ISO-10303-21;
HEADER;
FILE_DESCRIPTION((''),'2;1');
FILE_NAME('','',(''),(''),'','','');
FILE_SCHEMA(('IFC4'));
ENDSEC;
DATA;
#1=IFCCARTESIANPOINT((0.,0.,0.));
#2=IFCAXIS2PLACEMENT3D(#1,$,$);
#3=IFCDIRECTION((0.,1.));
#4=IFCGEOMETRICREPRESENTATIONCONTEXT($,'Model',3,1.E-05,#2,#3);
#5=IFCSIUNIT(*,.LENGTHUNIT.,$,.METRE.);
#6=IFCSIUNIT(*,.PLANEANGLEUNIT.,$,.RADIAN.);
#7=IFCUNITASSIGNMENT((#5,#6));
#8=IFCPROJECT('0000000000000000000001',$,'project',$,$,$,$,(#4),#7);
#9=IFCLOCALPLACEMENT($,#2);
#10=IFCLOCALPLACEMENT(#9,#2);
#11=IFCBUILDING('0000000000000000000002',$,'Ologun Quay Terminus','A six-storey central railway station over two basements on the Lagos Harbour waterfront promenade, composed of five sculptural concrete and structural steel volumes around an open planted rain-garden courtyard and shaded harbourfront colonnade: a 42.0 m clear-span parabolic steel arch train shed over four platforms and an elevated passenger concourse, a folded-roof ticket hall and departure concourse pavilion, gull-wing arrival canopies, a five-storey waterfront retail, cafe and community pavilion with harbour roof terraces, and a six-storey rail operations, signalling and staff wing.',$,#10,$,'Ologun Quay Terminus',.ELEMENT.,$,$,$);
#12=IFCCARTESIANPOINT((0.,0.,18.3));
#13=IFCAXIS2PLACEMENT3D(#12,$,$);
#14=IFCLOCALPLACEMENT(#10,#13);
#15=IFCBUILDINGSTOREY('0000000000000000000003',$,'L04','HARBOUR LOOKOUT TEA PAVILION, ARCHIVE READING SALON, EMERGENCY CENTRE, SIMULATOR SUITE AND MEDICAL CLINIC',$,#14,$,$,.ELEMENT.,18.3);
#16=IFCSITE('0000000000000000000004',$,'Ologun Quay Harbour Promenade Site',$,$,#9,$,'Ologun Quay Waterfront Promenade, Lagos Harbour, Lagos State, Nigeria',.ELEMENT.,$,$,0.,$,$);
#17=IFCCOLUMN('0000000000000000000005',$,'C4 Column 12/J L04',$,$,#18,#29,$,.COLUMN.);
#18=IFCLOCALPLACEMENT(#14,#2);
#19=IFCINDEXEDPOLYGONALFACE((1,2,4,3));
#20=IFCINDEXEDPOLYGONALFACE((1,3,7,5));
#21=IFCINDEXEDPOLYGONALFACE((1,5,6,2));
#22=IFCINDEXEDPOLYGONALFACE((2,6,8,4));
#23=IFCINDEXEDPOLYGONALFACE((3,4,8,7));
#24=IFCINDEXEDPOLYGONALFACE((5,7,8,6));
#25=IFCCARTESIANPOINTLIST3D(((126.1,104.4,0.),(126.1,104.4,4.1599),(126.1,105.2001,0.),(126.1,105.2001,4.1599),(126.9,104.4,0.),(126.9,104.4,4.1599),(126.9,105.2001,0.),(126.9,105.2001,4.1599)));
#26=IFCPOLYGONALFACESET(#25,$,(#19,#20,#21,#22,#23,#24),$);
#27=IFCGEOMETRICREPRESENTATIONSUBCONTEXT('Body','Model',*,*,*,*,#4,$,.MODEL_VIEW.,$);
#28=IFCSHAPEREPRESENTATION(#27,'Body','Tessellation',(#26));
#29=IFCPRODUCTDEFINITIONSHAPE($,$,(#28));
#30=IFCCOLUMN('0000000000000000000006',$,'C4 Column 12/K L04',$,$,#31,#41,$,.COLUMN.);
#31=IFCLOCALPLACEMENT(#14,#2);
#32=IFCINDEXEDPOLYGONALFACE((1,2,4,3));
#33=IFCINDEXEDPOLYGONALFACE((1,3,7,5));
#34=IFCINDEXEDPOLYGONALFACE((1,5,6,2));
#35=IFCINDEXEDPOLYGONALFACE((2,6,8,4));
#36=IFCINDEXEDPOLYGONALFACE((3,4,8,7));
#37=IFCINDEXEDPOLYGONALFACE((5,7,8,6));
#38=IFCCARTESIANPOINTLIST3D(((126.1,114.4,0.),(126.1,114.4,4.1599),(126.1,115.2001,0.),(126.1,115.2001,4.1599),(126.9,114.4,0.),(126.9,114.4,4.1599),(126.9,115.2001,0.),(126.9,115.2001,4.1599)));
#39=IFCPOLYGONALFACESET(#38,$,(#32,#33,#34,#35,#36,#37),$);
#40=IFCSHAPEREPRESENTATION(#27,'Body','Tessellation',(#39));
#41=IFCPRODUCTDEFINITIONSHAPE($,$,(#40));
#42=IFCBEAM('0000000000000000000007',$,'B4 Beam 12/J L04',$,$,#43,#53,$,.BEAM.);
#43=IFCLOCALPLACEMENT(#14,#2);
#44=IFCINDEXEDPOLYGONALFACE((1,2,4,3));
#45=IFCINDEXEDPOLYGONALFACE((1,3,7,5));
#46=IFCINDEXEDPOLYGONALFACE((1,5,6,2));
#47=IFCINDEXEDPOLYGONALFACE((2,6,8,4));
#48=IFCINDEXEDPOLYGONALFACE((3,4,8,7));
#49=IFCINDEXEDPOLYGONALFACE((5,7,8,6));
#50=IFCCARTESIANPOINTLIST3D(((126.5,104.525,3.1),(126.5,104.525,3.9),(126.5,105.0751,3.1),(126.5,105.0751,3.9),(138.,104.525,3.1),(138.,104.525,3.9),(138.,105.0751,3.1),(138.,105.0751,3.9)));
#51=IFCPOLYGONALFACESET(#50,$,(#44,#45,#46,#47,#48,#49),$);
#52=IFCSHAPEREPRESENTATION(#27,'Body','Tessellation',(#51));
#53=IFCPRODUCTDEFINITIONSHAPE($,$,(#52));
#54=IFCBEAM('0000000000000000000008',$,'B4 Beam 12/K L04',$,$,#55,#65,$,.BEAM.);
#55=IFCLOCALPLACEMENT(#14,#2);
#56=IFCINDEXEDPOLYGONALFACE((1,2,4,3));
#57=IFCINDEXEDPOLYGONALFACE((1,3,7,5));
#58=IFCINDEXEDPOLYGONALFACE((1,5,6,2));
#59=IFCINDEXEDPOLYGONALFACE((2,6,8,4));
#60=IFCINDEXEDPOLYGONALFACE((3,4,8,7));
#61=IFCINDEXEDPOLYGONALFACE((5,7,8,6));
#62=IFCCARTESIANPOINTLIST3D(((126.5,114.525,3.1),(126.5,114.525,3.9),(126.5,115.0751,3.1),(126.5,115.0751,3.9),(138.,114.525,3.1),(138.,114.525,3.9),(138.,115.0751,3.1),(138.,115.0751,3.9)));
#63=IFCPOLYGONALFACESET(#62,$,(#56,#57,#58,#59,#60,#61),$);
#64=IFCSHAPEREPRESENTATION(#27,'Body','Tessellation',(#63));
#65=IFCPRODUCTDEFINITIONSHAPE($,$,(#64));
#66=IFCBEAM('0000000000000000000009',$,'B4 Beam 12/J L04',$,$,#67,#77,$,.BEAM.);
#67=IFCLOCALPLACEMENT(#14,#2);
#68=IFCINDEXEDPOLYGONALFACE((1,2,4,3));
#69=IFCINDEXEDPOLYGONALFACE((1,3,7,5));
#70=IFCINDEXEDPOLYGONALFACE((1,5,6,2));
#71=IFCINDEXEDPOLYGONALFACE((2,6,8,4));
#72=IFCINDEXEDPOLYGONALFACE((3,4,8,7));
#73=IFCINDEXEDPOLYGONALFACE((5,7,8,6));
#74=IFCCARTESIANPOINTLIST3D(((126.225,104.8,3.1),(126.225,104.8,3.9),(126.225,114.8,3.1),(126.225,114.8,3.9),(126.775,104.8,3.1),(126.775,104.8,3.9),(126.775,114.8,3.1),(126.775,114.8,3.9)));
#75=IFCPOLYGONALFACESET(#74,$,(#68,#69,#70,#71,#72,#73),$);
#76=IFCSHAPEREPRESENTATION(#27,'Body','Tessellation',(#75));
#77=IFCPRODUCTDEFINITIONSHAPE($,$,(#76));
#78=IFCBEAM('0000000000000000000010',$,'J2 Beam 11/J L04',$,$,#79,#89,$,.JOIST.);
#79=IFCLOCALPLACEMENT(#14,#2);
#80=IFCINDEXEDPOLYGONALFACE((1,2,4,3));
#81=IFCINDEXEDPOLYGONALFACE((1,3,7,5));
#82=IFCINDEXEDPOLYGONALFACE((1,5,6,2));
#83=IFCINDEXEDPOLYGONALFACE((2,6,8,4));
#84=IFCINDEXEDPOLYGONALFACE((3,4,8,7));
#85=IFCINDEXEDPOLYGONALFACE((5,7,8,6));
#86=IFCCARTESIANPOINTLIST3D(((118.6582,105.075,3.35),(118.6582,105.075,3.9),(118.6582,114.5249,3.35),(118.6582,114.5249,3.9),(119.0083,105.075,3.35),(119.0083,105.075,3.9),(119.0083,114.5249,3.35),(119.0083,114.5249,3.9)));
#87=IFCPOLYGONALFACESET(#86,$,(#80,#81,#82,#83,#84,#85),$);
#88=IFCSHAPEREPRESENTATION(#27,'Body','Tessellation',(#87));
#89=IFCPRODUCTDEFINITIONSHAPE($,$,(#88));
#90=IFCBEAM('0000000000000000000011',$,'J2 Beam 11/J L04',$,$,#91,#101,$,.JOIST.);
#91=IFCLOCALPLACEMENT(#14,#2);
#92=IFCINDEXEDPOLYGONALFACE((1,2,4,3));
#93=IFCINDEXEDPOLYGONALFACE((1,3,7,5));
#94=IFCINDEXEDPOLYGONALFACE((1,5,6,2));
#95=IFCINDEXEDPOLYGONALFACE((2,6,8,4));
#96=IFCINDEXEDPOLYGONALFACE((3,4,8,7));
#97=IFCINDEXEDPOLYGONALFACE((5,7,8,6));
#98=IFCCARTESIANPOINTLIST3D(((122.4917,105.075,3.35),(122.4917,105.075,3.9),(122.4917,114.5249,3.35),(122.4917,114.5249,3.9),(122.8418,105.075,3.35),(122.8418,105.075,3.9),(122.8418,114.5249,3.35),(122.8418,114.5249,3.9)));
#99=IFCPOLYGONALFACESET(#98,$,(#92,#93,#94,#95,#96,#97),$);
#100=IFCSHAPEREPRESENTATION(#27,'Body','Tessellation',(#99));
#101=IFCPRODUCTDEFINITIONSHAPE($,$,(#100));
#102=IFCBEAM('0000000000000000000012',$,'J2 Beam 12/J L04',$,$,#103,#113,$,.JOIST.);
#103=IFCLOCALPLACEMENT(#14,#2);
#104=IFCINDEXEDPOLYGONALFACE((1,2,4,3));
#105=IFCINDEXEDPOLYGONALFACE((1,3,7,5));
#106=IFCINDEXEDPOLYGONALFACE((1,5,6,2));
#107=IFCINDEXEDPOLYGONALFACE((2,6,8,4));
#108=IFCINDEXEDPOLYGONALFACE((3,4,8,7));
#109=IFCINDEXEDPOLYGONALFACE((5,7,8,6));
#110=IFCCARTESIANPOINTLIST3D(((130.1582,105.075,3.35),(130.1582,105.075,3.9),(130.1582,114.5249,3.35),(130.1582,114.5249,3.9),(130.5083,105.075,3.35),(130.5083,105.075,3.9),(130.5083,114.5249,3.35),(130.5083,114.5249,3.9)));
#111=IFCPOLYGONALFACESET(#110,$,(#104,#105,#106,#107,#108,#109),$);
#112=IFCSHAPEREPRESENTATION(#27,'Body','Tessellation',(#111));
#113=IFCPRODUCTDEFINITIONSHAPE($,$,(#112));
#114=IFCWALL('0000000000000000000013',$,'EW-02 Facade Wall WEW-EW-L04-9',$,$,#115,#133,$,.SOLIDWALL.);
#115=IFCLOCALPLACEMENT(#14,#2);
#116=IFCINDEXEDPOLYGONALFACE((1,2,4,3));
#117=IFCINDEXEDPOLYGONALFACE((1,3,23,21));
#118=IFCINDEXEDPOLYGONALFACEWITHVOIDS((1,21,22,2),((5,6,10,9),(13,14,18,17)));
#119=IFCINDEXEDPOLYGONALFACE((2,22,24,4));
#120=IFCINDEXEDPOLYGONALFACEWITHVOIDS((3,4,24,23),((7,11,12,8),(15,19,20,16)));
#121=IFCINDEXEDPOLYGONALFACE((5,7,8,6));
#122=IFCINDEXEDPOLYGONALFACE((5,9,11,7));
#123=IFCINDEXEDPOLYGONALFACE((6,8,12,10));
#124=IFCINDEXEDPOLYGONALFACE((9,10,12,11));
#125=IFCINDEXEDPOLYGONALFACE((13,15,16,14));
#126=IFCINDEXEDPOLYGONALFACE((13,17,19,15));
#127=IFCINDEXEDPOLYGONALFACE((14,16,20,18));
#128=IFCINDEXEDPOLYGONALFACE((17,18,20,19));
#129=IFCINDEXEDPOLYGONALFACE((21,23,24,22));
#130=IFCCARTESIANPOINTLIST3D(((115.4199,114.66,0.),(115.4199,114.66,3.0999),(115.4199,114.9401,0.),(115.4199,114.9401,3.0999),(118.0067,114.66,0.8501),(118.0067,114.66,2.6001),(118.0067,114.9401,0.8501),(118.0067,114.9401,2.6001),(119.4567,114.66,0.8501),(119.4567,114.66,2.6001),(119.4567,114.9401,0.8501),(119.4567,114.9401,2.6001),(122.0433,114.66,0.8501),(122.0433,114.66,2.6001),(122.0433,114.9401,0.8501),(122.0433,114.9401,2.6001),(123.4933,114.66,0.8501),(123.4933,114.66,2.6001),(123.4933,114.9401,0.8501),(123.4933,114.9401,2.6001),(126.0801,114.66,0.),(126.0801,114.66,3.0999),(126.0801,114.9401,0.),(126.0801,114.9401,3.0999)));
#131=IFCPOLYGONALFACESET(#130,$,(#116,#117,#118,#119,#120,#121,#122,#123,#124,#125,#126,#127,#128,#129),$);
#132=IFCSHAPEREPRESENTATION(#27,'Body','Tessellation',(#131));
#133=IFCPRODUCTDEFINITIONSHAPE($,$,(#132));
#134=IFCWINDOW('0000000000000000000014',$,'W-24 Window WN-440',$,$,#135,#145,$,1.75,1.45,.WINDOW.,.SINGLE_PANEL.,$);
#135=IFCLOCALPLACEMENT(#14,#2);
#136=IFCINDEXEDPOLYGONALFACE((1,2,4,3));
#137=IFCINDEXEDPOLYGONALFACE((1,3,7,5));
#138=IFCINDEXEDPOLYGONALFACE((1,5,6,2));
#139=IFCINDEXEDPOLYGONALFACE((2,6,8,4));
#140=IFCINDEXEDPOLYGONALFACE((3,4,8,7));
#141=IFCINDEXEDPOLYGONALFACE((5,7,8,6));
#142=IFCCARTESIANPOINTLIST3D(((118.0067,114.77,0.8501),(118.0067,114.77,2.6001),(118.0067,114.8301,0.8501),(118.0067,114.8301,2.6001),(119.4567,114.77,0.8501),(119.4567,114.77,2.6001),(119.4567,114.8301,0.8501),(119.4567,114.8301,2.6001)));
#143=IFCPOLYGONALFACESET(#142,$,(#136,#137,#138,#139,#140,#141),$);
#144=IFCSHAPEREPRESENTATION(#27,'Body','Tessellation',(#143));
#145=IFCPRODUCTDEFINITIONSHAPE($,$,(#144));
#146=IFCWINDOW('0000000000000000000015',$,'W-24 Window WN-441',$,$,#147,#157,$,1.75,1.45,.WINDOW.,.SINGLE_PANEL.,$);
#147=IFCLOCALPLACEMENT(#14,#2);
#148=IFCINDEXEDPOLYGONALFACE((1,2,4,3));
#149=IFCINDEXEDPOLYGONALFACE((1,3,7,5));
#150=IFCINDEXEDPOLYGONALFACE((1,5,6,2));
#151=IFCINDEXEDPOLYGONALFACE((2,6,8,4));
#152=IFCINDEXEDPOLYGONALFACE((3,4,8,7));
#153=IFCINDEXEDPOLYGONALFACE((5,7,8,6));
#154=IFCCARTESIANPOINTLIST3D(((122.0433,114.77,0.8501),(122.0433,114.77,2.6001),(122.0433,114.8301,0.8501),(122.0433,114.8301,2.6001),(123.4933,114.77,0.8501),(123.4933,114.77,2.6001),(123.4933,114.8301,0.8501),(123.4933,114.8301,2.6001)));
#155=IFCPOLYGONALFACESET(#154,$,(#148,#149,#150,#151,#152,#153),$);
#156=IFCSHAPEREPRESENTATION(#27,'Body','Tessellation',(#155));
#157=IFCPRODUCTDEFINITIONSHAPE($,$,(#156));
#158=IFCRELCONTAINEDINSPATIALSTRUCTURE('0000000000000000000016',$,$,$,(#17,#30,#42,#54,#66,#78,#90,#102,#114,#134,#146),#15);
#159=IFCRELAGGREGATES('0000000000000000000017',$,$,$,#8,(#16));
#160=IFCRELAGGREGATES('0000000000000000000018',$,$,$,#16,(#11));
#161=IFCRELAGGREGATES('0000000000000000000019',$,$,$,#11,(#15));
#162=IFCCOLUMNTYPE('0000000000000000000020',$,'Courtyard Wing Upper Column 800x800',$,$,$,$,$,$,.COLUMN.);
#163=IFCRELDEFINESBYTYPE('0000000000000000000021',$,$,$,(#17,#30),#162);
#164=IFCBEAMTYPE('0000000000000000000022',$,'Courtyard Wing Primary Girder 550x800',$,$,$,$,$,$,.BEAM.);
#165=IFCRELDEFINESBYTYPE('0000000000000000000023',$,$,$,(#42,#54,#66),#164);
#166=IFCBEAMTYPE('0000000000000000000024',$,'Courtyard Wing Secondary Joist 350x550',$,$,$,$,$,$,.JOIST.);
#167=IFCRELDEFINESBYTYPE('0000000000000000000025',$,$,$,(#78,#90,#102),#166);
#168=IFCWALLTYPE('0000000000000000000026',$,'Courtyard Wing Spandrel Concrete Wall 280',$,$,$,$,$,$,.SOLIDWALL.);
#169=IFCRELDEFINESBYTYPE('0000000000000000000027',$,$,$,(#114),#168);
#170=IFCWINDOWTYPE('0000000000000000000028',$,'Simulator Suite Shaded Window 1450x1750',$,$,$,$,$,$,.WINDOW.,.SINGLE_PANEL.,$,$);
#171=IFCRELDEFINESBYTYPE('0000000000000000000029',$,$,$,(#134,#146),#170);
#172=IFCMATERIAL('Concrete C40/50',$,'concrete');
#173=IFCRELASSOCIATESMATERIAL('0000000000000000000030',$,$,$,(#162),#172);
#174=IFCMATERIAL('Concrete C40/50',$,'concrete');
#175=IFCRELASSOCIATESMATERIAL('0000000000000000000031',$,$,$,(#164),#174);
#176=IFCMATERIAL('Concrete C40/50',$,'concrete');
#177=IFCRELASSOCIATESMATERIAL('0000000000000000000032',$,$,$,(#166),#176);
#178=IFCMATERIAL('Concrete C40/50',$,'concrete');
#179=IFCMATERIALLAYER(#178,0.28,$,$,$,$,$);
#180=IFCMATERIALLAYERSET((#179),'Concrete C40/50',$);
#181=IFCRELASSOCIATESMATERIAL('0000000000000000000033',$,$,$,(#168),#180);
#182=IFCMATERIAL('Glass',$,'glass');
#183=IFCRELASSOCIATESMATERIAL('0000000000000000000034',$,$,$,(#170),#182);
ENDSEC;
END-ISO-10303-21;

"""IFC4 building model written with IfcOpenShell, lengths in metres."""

from ifc_helpers import new_model, si_unit, direction, frame, frame_2d, origin, origin_2d, place, context, subcontext, project, spatial, rectangle, extrude, material, layer, layer_set, material_profile, profile_set, type_object, element, fill, save


model = new_model("IFC4")

# Units and contexts
model_context = context("Model", 3, precision=1e-05, world=origin(), true_north=direction((0.0, 1.0)))
body_context = subcontext(model_context, "Body", "Model", "MODEL_VIEW")
ifc_project = project(units=[si_unit("LENGTHUNIT", "METRE"), si_unit("PLANEANGLEUNIT", "RADIAN")], contexts=[model_context])

# Site, building, storey
site_placement = place(None, origin())
site = spatial("IfcSite", under=ifc_project, at=site_placement, Name="Ologun Quay Harbour Promenade Site", LongName="Ologun Quay Waterfront Promenade, Lagos Harbour, Lagos State, Nigeria", CompositionType="ELEMENT", RefElevation=0.0)
building_placement = place(site_placement, origin())
building = spatial("IfcBuilding", under=site, at=building_placement, Name="Ologun Quay Terminus", Description="A six-storey central railway station over two basements on the Lagos Harbour waterfront promenade, composed of five sculptural concrete and structural steel volumes around an open planted rain-garden courtyard and shaded harbourfront colonnade: a 42.0 m clear-span parabolic steel arch train shed over four platforms and an elevated passenger concourse, a folded-roof ticket hall and departure concourse pavilion, gull-wing arrival canopies, a five-storey waterfront retail, cafe and community pavilion with harbour roof terraces, and a six-storey rail operations, signalling and staff wing.", LongName="Ologun Quay Terminus", CompositionType="ELEMENT")
storey_placement = place(building_placement, frame((0.0, 0.0, 18.3)))
storey = spatial("IfcBuildingStorey", under=building, at=storey_placement, Name="L04", Description="HARBOUR LOOKOUT TEA PAVILION, ARCHIVE READING SALON, EMERGENCY CENTRE, SIMULATOR SUITE AND MEDICAL CLINIC", CompositionType="ELEMENT", Elevation=18.3)

# Columns
ifc_material_1 = material(Name="Concrete C40/50", Category="concrete")
ifc_material_profile_1 = material_profile(ifc_material_1, rectangle(XDim=0.8, YDim=0.8, at=origin_2d()), Name="RC 800x800")
ifc_profile_set_1 = profile_set([ifc_material_profile_1], Name="Concrete C40/50")
column_type = type_object("IfcColumnType", Name="Courtyard Wing Upper Column 800x800", PredefinedType="COLUMN", material=ifc_profile_set_1)
for number, where, z_axis, x_axis, name in (
    (1, (126.5, 104.8, 0.0), (0.0, 0.0, 1.0), (1.0, 0.0, 0.0), "C4 Column 12/J L04"),
    (2, (126.5, 114.8, 0.0), (0.0, 0.0, 1.0), (1.0, 0.0, 0.0), "C4 Column 12/K L04"),
):
    element("IfcColumn", number, at=place(storey_placement, frame(where, z_axis=z_axis, x_axis=x_axis)), inside=storey, type_object=column_type, Name=name, PredefinedType="COLUMN", context=body_context, shape_type="SweptSolid", body=[
        extrude(rectangle(XDim=0.8, YDim=0.8, at=origin_2d()), origin(), (0.0, 0.0, 1.0), 4.1599),
    ])

# Beams
ifc_material_2 = material(Name="Concrete C40/50", Category="concrete")
ifc_material_profile_2 = material_profile(ifc_material_2, rectangle(XDim=0.55, YDim=0.8, at=origin_2d()), Name="RC 550x800")
ifc_profile_set_2 = profile_set([ifc_material_profile_2], Name="Concrete C40/50")
beam_type_1 = type_object("IfcBeamType", Name="Courtyard Wing Primary Girder 550x800", PredefinedType="BEAM", material=ifc_profile_set_2)
for number, where, z_axis, x_axis, name in (
    (3, (126.5, 104.8, 3.5), (1.0, 0.0, 0.0), (0.0, 1.0, 0.0), "B4 Beam 12/J L04"),
    (4, (126.5, 114.8, 3.5), (1.0, 0.0, 0.0), (0.0, 1.0, 0.0), "B4 Beam 12/K L04"),
):
    element("IfcBeam", number, at=place(storey_placement, frame(where, z_axis=z_axis, x_axis=x_axis)), inside=storey, type_object=beam_type_1, Name=name, PredefinedType="BEAM", context=body_context, shape_type="SweptSolid", body=[
        extrude(rectangle(XDim=0.55, YDim=0.8, at=origin_2d()), origin(), (0.0, 0.0, 1.0), 11.5),
    ])
beam_placement = place(storey_placement, frame((126.5, 104.8, 3.5), z_axis=(0.0, 1.0, 0.0), x_axis=(-1.0, 0.0, 0.0)))
element("IfcBeam", 5, at=beam_placement, inside=storey, type_object=beam_type_1, Name="B4 Beam 12/J L04", PredefinedType="BEAM", context=body_context, shape_type="SweptSolid", body=[
    extrude(rectangle(XDim=0.55, YDim=0.8, at=origin_2d()), origin(), (0.0, 0.0, 1.0), 10.0),
])
ifc_material_3 = material(Name="Concrete C40/50", Category="concrete")
ifc_material_profile_3 = material_profile(ifc_material_3, rectangle(XDim=0.3501, YDim=0.55, at=origin_2d()), Name="RC 350x550")
ifc_profile_set_3 = profile_set([ifc_material_profile_3], Name="Concrete C40/50")
beam_type_2 = type_object("IfcBeamType", Name="Courtyard Wing Secondary Joist 350x550", PredefinedType="JOIST", material=ifc_profile_set_3)
for number, where, z_axis, x_axis, name in (
    (6, (118.8333, 105.075, 3.625), (0.0, 1.0, 0.0), (-1.0, 0.0, 0.0), "J2 Beam 11/J L04"),
    (7, (122.6667, 105.075, 3.625), (0.0, 1.0, 0.0), (-1.0, 0.0, 0.0), "J2 Beam 11/J L04"),
    (8, (130.3333, 105.075, 3.625), (0.0, 1.0, 0.0), (-1.0, 0.0, 0.0), "J2 Beam 12/J L04"),
):
    element("IfcBeam", number, at=place(storey_placement, frame(where, z_axis=z_axis, x_axis=x_axis)), inside=storey, type_object=beam_type_2, Name=name, PredefinedType="JOIST", context=body_context, shape_type="SweptSolid", body=[
        extrude(rectangle(XDim=0.3501, YDim=0.55, at=origin_2d()), origin(), (0.0, 0.0, 1.0), 9.45),
    ])

# Wall, openings, windows
ifc_material_4 = material(Name="Concrete C40/50", Category="concrete")
ifc_layer_1 = layer(ifc_material_4, 0.28)
ifc_layer_set_1 = layer_set([ifc_layer_1], Name="Concrete C40/50")
wall_type_1 = type_object("IfcWallType", Name="Courtyard Wing Spandrel Concrete Wall 280", PredefinedType="SOLIDWALL", material=ifc_layer_set_1)
wall_1_placement = place(storey_placement, frame((115.4199, 114.8, 0.0), z_axis=(0.0, 0.0, 1.0), x_axis=(1.0, 0.0, 0.0)))
wall_1 = element("IfcWall", 9, at=wall_1_placement, inside=storey, type_object=wall_type_1, Name="EW-02 Facade Wall WEW-EW-L04-9", PredefinedType="SOLIDWALL", context=body_context, shape_type="SweptSolid", body=[
    extrude(rectangle(XDim=10.6602, YDim=0.28, at=frame_2d((5.3301, 0.0))), origin(), (0.0, 0.0, 1.0), 3.0999),
])
opening_1_placement = place(wall_1_placement, frame((2.5867, 0.0, 0.8501)))
opening_1 = element("IfcOpeningElement", 10, at=opening_1_placement, cuts=wall_1, PredefinedType="OPENING", context=body_context, shape_type="SweptSolid", body=[
    extrude(rectangle(XDim=1.45, YDim=1.75, at=frame_2d((0.7251, 0.875))), frame((0.0, 0.1499, 0.0), z_axis=(0.0, -1.0, 0.0), x_axis=(1.0, 0.0, 0.0)), (0.0, 0.0, 1.0), 0.3),
])
opening_2_placement = place(wall_1_placement, frame((6.6233, 0.0, 0.8501)))
opening_2 = element("IfcOpeningElement", 11, at=opening_2_placement, cuts=wall_1, PredefinedType="OPENING", context=body_context, shape_type="SweptSolid", body=[
    extrude(rectangle(XDim=1.45, YDim=1.75, at=frame_2d((0.7251, 0.875))), frame((0.0, 0.1499, 0.0), z_axis=(0.0, -1.0, 0.0), x_axis=(1.0, 0.0, 0.0)), (0.0, 0.0, 1.0), 0.3),
])
ifc_material_5 = material(Name="Glass", Category="glass")
window_type = type_object("IfcWindowType", Name="Simulator Suite Shaded Window 1450x1750", PartitioningType="SINGLE_PANEL", PredefinedType="WINDOW", material=ifc_material_5)
window_1_placement = place(opening_1_placement, origin())
window_1 = element("IfcWindow", 12, at=window_1_placement, inside=storey, type_object=window_type, Name="W-24 Window WN-440", OverallHeight=1.75, OverallWidth=1.45, PartitioningType="SINGLE_PANEL", PredefinedType="WINDOW", context=body_context, shape_type="SweptSolid", body=[
    extrude(rectangle(XDim=1.45, YDim=1.75, at=frame_2d((0.7251, 0.875))), frame((0.0, 0.03, 0.0), z_axis=(0.0, -1.0, 0.0), x_axis=(1.0, 0.0, 0.0)), (0.0, 0.0, 1.0), 0.0601),
])
fill(opening_1, window_1)
window_2_placement = place(opening_2_placement, origin())
window_2 = element("IfcWindow", 13, at=window_2_placement, inside=storey, type_object=window_type, Name="W-24 Window WN-441", OverallHeight=1.75, OverallWidth=1.45, PartitioningType="SINGLE_PANEL", PredefinedType="WINDOW", context=body_context, shape_type="SweptSolid", body=[
    extrude(rectangle(XDim=1.45, YDim=1.75, at=frame_2d((0.7251, 0.875))), frame((0.0, 0.03, 0.0), z_axis=(0.0, -1.0, 0.0), x_axis=(1.0, 0.0, 0.0)), (0.0, 0.0, 1.0), 0.0601),
])
fill(opening_2, window_2)

save(model, "model.ifc")
